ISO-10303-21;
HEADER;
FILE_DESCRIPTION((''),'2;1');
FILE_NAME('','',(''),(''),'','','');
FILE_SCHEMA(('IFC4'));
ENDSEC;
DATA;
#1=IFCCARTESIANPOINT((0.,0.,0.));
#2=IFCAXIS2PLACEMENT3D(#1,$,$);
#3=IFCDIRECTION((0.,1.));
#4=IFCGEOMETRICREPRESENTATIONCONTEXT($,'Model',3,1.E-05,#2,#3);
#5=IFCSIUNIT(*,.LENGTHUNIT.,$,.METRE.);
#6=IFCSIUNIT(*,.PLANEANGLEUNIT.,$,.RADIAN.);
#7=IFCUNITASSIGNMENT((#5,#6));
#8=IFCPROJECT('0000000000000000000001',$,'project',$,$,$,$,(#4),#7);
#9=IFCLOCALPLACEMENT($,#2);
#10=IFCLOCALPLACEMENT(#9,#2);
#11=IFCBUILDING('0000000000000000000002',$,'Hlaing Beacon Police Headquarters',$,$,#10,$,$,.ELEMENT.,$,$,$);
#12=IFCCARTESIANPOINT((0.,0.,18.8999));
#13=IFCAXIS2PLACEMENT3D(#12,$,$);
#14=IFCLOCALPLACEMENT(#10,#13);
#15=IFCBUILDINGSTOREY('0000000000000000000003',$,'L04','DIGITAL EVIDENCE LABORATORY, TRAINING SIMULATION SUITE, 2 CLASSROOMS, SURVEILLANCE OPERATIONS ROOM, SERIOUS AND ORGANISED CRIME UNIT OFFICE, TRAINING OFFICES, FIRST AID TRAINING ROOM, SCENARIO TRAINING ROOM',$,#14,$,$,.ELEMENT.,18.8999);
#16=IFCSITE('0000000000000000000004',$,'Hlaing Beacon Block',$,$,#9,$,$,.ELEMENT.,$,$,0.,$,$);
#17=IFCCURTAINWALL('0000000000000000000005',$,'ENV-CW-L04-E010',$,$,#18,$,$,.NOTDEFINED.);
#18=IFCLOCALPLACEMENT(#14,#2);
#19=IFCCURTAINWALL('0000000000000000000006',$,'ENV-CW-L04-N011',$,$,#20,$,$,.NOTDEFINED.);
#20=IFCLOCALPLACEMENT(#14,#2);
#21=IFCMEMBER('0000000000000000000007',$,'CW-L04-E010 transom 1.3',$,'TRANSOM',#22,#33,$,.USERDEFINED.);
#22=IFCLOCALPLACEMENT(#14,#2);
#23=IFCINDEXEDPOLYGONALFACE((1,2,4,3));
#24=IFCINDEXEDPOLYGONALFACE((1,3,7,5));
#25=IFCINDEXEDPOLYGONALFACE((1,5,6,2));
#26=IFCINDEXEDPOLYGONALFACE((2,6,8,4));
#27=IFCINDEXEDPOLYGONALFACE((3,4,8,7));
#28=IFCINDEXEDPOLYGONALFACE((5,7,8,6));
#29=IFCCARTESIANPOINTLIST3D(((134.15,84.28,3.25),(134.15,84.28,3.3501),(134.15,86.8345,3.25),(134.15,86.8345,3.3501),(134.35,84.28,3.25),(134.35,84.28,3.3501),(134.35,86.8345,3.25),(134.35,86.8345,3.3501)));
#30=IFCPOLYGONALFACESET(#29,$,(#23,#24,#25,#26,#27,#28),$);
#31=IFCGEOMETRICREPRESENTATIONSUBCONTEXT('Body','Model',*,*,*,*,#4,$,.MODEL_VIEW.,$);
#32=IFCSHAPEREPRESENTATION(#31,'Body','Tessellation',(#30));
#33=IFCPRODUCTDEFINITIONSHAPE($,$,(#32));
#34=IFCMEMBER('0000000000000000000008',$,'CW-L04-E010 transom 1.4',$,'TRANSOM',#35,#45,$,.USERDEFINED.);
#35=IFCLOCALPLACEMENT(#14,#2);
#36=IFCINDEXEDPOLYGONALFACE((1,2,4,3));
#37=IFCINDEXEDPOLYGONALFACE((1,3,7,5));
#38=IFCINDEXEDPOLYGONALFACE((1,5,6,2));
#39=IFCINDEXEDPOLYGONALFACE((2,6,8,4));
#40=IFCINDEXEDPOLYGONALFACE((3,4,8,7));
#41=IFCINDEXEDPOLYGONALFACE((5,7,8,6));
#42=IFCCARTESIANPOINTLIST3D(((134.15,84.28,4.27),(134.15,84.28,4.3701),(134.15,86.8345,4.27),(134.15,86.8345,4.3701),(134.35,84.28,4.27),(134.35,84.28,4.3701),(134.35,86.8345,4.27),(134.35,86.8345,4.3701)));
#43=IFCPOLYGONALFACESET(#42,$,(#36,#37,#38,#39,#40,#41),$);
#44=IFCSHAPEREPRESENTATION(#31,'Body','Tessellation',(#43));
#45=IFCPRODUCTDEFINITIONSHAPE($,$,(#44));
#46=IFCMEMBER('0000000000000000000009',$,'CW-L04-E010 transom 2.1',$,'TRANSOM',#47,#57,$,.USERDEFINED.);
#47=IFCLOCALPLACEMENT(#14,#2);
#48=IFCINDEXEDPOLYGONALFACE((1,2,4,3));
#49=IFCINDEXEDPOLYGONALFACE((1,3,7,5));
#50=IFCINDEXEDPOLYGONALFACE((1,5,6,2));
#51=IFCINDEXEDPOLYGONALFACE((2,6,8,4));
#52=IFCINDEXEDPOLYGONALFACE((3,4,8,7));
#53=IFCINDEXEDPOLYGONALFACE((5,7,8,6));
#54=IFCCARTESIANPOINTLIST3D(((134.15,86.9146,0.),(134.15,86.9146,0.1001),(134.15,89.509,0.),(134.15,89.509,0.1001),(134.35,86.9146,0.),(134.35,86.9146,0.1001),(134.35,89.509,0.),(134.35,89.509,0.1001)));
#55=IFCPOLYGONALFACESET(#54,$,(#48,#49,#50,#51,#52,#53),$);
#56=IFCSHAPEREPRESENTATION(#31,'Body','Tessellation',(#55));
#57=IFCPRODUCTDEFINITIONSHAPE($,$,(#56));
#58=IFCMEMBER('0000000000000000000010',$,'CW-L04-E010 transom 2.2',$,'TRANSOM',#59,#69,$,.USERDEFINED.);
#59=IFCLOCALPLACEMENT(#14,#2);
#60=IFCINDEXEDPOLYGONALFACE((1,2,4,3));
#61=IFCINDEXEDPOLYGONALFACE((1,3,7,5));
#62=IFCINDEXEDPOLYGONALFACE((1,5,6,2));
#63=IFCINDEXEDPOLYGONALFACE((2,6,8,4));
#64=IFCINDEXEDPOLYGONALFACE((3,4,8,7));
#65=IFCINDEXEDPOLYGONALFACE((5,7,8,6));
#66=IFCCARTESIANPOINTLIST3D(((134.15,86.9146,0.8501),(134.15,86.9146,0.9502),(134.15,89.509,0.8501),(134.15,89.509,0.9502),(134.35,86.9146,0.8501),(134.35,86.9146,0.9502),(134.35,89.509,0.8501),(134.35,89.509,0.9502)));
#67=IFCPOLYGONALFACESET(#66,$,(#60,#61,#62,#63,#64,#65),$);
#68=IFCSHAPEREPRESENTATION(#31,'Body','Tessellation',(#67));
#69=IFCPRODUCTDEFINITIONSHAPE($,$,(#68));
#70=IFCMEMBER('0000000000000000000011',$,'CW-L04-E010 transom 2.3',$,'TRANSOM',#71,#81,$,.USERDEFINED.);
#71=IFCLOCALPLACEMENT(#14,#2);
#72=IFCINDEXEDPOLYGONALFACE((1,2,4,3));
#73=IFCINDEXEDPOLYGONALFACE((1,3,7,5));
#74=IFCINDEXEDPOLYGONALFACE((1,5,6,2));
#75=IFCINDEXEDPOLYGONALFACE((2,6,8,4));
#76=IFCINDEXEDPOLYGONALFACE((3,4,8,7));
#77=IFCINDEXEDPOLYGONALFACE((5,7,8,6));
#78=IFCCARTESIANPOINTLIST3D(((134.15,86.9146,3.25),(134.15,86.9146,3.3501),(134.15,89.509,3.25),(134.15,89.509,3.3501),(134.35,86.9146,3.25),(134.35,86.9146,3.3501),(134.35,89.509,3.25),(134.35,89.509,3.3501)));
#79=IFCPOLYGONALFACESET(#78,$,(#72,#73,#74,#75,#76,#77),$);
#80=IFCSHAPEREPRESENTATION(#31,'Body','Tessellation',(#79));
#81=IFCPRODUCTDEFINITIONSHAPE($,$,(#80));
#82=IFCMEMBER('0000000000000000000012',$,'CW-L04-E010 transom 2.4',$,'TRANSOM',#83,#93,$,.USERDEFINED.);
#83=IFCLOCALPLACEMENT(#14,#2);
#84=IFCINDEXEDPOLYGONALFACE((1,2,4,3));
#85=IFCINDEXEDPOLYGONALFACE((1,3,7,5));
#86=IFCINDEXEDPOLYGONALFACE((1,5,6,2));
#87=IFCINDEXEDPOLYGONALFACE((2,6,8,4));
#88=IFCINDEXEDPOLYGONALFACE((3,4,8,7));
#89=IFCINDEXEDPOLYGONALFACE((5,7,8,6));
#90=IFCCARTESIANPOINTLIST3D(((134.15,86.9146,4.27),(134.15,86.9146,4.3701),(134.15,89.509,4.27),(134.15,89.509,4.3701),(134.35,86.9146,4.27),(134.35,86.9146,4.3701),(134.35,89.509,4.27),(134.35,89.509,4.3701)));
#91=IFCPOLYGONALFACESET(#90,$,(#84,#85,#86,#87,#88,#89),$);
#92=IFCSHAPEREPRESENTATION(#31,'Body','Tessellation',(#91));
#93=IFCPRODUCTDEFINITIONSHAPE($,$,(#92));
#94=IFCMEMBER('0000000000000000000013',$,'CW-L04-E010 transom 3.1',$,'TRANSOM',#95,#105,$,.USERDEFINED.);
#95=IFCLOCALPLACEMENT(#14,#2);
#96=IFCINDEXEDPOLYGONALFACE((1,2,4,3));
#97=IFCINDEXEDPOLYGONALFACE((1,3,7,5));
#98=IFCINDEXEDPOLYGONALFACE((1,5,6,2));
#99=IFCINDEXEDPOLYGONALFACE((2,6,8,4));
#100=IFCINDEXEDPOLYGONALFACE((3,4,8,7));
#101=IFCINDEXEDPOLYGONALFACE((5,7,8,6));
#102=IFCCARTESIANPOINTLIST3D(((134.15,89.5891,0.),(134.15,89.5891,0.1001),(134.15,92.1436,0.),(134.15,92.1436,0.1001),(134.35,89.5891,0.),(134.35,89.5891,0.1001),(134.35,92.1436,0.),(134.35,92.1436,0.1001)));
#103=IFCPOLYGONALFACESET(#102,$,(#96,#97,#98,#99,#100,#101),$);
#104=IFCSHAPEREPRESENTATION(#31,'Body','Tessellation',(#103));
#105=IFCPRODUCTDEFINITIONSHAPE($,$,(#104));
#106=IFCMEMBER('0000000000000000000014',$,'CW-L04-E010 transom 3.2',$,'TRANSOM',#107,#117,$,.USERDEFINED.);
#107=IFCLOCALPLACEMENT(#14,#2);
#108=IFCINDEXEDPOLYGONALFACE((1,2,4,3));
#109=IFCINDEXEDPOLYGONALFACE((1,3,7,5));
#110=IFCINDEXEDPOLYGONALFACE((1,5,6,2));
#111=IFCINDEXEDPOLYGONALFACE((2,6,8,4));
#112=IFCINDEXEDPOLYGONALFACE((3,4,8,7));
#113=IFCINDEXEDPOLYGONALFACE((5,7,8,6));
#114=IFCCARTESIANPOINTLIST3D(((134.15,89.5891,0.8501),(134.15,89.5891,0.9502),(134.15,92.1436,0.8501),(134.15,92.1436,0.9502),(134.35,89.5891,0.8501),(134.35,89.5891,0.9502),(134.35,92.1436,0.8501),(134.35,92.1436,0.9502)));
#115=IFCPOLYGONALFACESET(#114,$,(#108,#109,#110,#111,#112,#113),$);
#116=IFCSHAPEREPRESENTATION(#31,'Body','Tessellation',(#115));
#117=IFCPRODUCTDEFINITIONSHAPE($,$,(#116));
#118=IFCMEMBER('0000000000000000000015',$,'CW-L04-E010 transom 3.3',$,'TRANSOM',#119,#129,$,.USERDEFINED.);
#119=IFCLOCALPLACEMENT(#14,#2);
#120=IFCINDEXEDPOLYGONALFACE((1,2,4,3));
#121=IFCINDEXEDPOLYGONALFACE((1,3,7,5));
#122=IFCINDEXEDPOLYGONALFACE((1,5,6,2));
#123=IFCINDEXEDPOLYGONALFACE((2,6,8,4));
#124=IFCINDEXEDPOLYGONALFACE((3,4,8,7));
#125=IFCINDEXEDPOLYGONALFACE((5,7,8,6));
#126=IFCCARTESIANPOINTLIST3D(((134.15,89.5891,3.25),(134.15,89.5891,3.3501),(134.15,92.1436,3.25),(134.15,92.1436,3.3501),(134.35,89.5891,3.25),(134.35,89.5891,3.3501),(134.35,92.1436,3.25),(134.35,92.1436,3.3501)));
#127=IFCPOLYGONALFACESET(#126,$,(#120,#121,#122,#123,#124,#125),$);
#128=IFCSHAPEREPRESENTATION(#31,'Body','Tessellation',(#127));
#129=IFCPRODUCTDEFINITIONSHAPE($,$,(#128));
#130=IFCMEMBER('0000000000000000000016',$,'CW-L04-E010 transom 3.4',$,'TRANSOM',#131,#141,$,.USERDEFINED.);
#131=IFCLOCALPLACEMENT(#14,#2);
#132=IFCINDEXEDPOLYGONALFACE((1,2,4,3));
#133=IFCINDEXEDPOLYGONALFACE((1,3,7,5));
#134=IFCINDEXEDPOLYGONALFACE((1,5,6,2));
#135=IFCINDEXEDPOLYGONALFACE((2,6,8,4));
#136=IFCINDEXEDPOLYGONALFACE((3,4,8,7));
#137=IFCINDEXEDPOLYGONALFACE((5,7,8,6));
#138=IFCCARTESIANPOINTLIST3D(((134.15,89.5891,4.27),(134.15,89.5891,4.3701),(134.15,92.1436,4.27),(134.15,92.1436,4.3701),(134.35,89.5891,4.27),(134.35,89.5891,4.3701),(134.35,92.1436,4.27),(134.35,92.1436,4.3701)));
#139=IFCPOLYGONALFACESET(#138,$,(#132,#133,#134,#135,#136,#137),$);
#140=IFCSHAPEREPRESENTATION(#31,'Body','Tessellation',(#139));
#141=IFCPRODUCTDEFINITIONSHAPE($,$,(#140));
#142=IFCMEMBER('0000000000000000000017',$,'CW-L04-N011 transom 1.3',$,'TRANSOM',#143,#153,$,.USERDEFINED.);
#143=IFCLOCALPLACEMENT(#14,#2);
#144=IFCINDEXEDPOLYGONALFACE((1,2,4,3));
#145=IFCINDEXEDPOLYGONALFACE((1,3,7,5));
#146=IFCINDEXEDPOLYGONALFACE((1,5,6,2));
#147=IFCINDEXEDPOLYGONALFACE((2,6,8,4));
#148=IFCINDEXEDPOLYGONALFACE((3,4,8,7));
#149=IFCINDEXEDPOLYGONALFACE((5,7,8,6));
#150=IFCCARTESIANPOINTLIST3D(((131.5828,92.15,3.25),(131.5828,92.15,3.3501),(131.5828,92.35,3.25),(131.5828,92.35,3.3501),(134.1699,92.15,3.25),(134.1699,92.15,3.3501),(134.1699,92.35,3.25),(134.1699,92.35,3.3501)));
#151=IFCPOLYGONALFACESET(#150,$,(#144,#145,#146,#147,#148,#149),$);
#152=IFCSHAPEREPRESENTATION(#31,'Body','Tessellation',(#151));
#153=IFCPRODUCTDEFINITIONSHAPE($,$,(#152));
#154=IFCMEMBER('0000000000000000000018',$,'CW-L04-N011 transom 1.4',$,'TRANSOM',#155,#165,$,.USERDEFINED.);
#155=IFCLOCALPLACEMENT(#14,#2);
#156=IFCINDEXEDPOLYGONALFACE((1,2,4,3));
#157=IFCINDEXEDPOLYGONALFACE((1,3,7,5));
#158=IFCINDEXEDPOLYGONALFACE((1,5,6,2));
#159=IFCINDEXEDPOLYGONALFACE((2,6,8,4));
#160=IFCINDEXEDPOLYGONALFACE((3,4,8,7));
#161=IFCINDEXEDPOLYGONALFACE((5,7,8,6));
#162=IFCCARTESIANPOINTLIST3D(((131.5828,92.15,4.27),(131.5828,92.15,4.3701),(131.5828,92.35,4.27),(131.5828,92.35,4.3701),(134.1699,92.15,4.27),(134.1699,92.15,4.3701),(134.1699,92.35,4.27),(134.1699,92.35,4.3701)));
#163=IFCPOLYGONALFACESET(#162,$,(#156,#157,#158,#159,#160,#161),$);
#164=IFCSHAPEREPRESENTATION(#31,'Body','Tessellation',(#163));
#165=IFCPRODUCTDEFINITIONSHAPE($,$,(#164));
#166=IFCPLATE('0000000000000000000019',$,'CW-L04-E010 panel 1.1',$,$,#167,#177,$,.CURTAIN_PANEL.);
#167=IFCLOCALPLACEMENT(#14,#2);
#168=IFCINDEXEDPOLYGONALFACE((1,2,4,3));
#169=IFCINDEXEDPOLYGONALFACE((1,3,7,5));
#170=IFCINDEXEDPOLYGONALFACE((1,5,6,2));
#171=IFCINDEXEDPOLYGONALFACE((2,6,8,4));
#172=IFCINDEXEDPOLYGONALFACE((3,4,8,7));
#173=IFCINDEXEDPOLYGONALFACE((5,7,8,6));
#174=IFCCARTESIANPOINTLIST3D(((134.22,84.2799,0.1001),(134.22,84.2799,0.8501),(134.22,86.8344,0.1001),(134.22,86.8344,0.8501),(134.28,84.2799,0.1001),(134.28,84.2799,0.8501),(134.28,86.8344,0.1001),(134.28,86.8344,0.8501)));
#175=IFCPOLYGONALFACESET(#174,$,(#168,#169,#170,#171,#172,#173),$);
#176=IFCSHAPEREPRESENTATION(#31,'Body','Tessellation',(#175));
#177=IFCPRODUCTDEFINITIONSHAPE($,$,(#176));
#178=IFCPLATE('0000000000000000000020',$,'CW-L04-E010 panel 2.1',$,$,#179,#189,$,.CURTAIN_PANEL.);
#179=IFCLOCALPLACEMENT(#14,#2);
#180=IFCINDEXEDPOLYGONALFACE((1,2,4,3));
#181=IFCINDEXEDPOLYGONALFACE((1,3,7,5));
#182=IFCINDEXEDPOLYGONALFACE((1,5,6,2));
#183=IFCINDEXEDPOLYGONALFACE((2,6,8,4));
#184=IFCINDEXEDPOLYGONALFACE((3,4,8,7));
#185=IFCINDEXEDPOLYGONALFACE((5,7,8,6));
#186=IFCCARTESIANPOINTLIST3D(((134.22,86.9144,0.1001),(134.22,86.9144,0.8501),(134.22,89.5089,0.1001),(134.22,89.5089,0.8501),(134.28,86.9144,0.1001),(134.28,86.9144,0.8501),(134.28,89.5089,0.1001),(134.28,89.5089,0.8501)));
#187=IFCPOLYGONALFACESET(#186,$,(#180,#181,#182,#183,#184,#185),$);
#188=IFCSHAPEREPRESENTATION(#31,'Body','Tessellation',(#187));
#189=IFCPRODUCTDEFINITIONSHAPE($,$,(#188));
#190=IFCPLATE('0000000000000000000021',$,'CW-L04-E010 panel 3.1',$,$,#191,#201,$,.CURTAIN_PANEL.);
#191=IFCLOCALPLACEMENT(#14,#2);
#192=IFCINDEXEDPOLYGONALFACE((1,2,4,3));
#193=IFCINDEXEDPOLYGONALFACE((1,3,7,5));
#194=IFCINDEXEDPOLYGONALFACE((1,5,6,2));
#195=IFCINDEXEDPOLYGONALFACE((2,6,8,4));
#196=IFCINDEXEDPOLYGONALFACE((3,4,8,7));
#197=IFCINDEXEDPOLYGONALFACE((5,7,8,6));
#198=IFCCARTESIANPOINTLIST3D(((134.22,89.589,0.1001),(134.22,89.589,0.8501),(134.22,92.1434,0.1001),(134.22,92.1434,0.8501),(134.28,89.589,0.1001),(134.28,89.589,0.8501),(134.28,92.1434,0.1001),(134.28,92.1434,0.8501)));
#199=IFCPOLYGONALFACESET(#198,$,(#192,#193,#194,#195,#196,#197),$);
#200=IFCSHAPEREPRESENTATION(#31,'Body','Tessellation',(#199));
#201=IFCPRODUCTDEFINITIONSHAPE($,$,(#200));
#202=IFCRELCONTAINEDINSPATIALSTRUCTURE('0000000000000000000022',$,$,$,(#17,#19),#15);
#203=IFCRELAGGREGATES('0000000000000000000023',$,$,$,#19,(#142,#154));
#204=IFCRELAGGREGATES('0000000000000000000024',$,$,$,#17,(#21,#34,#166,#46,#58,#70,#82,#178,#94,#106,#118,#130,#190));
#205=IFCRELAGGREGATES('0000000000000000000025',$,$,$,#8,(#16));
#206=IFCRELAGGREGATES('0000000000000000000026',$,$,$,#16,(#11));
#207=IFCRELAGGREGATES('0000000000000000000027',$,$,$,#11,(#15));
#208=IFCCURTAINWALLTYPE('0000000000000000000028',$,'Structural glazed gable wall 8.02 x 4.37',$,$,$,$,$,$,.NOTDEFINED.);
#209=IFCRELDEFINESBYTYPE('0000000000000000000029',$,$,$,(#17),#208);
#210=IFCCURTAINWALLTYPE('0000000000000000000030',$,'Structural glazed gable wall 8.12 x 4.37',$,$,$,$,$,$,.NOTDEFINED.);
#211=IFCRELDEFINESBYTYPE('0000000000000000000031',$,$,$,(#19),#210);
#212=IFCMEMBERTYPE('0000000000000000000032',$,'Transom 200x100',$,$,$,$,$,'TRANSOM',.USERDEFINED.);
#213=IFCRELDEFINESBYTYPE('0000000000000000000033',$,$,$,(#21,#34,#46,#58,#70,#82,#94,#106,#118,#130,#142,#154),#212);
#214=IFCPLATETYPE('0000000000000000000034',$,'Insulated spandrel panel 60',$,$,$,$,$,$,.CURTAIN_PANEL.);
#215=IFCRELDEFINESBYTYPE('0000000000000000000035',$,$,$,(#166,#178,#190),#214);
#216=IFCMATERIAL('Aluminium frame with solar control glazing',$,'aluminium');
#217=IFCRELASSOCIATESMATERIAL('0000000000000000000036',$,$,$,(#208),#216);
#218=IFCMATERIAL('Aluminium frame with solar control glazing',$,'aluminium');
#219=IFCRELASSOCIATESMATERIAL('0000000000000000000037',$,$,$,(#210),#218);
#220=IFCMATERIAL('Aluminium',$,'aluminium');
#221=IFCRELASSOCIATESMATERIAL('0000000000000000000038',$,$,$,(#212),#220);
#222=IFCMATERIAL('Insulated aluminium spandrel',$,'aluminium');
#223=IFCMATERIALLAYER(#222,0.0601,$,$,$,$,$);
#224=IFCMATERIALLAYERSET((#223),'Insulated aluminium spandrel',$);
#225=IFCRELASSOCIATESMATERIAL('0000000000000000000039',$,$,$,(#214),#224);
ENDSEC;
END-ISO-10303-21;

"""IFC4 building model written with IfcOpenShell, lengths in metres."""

from ifc_helpers import new_model, si_unit, direction, frame, origin, origin_2d, place, context, subcontext, project, spatial, rectangle, extrude, material, layer, layer_set, material_profile, profile_set, type_object, element, aggregate, save


model = new_model("IFC4")

# Units and contexts
model_context = context("Model", 3, precision=1e-05, world=origin(), true_north=direction((0.0, 1.0)))
body_context = subcontext(model_context, "Body", "Model", "MODEL_VIEW")
ifc_project = project(units=[si_unit("LENGTHUNIT", "METRE"), si_unit("PLANEANGLEUNIT", "RADIAN")], contexts=[model_context])

# Site, building, storey
site_placement = place(None, origin())
site = spatial("IfcSite", under=ifc_project, at=site_placement, Name="Hlaing Beacon Block", CompositionType="ELEMENT", RefElevation=0.0)
building_placement = place(site_placement, origin())
building = spatial("IfcBuilding", under=site, at=building_placement, Name="Hlaing Beacon Police Headquarters", CompositionType="ELEMENT")
storey_placement = place(building_placement, frame((0.0, 0.0, 18.8999)))
storey = spatial("IfcBuildingStorey", under=building, at=storey_placement, Name="L04", Description="DIGITAL EVIDENCE LABORATORY, TRAINING SIMULATION SUITE, 2 CLASSROOMS, SURVEILLANCE OPERATIONS ROOM, SERIOUS AND ORGANISED CRIME UNIT OFFICE, TRAINING OFFICES, FIRST AID TRAINING ROOM, SCENARIO TRAINING ROOM", CompositionType="ELEMENT", Elevation=18.8999)

# Curtain wall
ifc_material_1 = material(Name="Aluminium frame with solar control glazing", Category="aluminium")
curtain_wall_type_1 = type_object("IfcCurtainWallType", Name="Structural glazed gable wall 8.02 x 4.37", PredefinedType="NOTDEFINED", material=ifc_material_1)
curtain_wall_1_placement = place(storey_placement, origin())
curtain_wall_1 = element("IfcCurtainWall", 1, at=curtain_wall_1_placement, inside=storey, type_object=curtain_wall_type_1, Name="ENV-CW-L04-E010", PredefinedType="NOTDEFINED")

# Curtain wall
ifc_material_2 = material(Name="Aluminium frame with solar control glazing", Category="aluminium")
curtain_wall_type_2 = type_object("IfcCurtainWallType", Name="Structural glazed gable wall 8.12 x 4.37", PredefinedType="NOTDEFINED", material=ifc_material_2)
curtain_wall_2_placement = place(storey_placement, origin())
curtain_wall_2 = element("IfcCurtainWall", 2, at=curtain_wall_2_placement, inside=storey, type_object=curtain_wall_type_2, Name="ENV-CW-L04-N011", PredefinedType="NOTDEFINED")

# Members
ifc_material_3 = material(Name="Aluminium", Category="aluminium")
ifc_material_profile_1 = material_profile(ifc_material_3, rectangle(XDim=0.2, YDim=0.1001, at=origin_2d()), Name="Transom 200x100")
ifc_profile_set_1 = profile_set([ifc_material_profile_1], Name="Aluminium")
member_type_1 = type_object("IfcMemberType", Name="Transom 200x100", ElementType="TRANSOM", PredefinedType="USERDEFINED", material=ifc_profile_set_1)
member_1_placement = place(storey_placement, frame((134.25, 84.28, 3.3), z_axis=(0.0, 1.0, 0.0), x_axis=(-1.0, 0.0, 0.0)))
member_1 = element("IfcMember", 3, at=member_1_placement, type_object=member_type_1, Name="CW-L04-E010 transom 1.3", ObjectType="TRANSOM", PredefinedType="USERDEFINED", context=body_context, shape_type="SweptSolid", body=[
    extrude(rectangle(XDim=0.2, YDim=0.1001, at=origin_2d()), origin(), (0.0, 0.0, 1.0), 2.5544),
])
member_2_placement = place(storey_placement, frame((134.25, 84.28, 4.3201), z_axis=(0.0, 1.0, 0.0), x_axis=(-1.0, 0.0, 0.0)))
member_2 = element("IfcMember", 4, at=member_2_placement, type_object=member_type_1, Name="CW-L04-E010 transom 1.4", ObjectType="TRANSOM", PredefinedType="USERDEFINED", context=body_context, shape_type="SweptSolid", body=[
    extrude(rectangle(XDim=0.2, YDim=0.1001, at=origin_2d()), origin(), (0.0, 0.0, 1.0), 2.5544),
])
member_3_placement = place(storey_placement, frame((134.25, 86.9146, 0.05), z_axis=(0.0, 1.0, 0.0), x_axis=(-1.0, 0.0, 0.0)))
member_3 = element("IfcMember", 5, at=member_3_placement, type_object=member_type_1, Name="CW-L04-E010 transom 2.1", ObjectType="TRANSOM", PredefinedType="USERDEFINED", context=body_context, shape_type="SweptSolid", body=[
    extrude(rectangle(XDim=0.2, YDim=0.1001, at=origin_2d()), origin(), (0.0, 0.0, 1.0), 2.5945),
])
member_4_placement = place(storey_placement, frame((134.25, 86.9146, 0.9001), z_axis=(0.0, 1.0, 0.0), x_axis=(-1.0, 0.0, 0.0)))
member_4 = element("IfcMember", 6, at=member_4_placement, type_object=member_type_1, Name="CW-L04-E010 transom 2.2", ObjectType="TRANSOM", PredefinedType="USERDEFINED", context=body_context, shape_type="SweptSolid", body=[
    extrude(rectangle(XDim=0.2, YDim=0.1001, at=origin_2d()), origin(), (0.0, 0.0, 1.0), 2.5945),
])
member_5_placement = place(storey_placement, frame((134.25, 86.9146, 3.3), z_axis=(0.0, 1.0, 0.0), x_axis=(-1.0, 0.0, 0.0)))
member_5 = element("IfcMember", 7, at=member_5_placement, type_object=member_type_1, Name="CW-L04-E010 transom 2.3", ObjectType="TRANSOM", PredefinedType="USERDEFINED", context=body_context, shape_type="SweptSolid", body=[
    extrude(rectangle(XDim=0.2, YDim=0.1001, at=origin_2d()), origin(), (0.0, 0.0, 1.0), 2.5945),
])
member_6_placement = place(storey_placement, frame((134.25, 86.9146, 4.3201), z_axis=(0.0, 1.0, 0.0), x_axis=(-1.0, 0.0, 0.0)))
member_6 = element("IfcMember", 8, at=member_6_placement, type_object=member_type_1, Name="CW-L04-E010 transom 2.4", ObjectType="TRANSOM", PredefinedType="USERDEFINED", context=body_context, shape_type="SweptSolid", body=[
    extrude(rectangle(XDim=0.2, YDim=0.1001, at=origin_2d()), origin(), (0.0, 0.0, 1.0), 2.5945),
])
member_7_placement = place(storey_placement, frame((134.25, 89.5891, 0.05), z_axis=(0.0, 1.0, 0.0), x_axis=(-1.0, 0.0, 0.0)))
member_7 = element("IfcMember", 9, at=member_7_placement, type_object=member_type_1, Name="CW-L04-E010 transom 3.1", ObjectType="TRANSOM", PredefinedType="USERDEFINED", context=body_context, shape_type="SweptSolid", body=[
    extrude(rectangle(XDim=0.2, YDim=0.1001, at=origin_2d()), origin(), (0.0, 0.0, 1.0), 2.5544),
])
member_8_placement = place(storey_placement, frame((134.25, 89.5891, 0.9001), z_axis=(0.0, 1.0, 0.0), x_axis=(-1.0, 0.0, 0.0)))
member_8 = element("IfcMember", 10, at=member_8_placement, type_object=member_type_1, Name="CW-L04-E010 transom 3.2", ObjectType="TRANSOM", PredefinedType="USERDEFINED", context=body_context, shape_type="SweptSolid", body=[
    extrude(rectangle(XDim=0.2, YDim=0.1001, at=origin_2d()), origin(), (0.0, 0.0, 1.0), 2.5544),
])
member_9_placement = place(storey_placement, frame((134.25, 89.5891, 3.3), z_axis=(0.0, 1.0, 0.0), x_axis=(-1.0, 0.0, 0.0)))
member_9 = element("IfcMember", 11, at=member_9_placement, type_object=member_type_1, Name="CW-L04-E010 transom 3.3", ObjectType="TRANSOM", PredefinedType="USERDEFINED", context=body_context, shape_type="SweptSolid", body=[
    extrude(rectangle(XDim=0.2, YDim=0.1001, at=origin_2d()), origin(), (0.0, 0.0, 1.0), 2.5544),
])
member_10_placement = place(storey_placement, frame((134.25, 89.5891, 4.3201), z_axis=(0.0, 1.0, 0.0), x_axis=(-1.0, 0.0, 0.0)))
member_10 = element("IfcMember", 12, at=member_10_placement, type_object=member_type_1, Name="CW-L04-E010 transom 3.4", ObjectType="TRANSOM", PredefinedType="USERDEFINED", context=body_context, shape_type="SweptSolid", body=[
    extrude(rectangle(XDim=0.2, YDim=0.1001, at=origin_2d()), origin(), (0.0, 0.0, 1.0), 2.5544),
])
member_11_placement = place(storey_placement, frame((134.1699, 92.25, 3.3), z_axis=(-1.0, 0.0, 0.0), x_axis=(0.0, -1.0, 0.0)))
member_11 = element("IfcMember", 13, at=member_11_placement, type_object=member_type_1, Name="CW-L04-N011 transom 1.3", ObjectType="TRANSOM", PredefinedType="USERDEFINED", context=body_context, shape_type="SweptSolid", body=[
    extrude(rectangle(XDim=0.2, YDim=0.1001, at=origin_2d()), origin(), (0.0, 0.0, 1.0), 2.5872),
])
member_12_placement = place(storey_placement, frame((134.1699, 92.25, 4.3201), z_axis=(-1.0, 0.0, 0.0), x_axis=(0.0, -1.0, 0.0)))
member_12 = element("IfcMember", 14, at=member_12_placement, type_object=member_type_1, Name="CW-L04-N011 transom 1.4", ObjectType="TRANSOM", PredefinedType="USERDEFINED", context=body_context, shape_type="SweptSolid", body=[
    extrude(rectangle(XDim=0.2, YDim=0.1001, at=origin_2d()), origin(), (0.0, 0.0, 1.0), 2.5872),
])
aggregate(curtain_wall_2, [member_11, member_12])

# Plates
ifc_material_4 = material(Name="Insulated aluminium spandrel", Category="aluminium")
ifc_layer_1 = layer(ifc_material_4, 0.0601)
ifc_layer_set_1 = layer_set([ifc_layer_1], Name="Insulated aluminium spandrel")
plate_type_1 = type_object("IfcPlateType", Name="Insulated spandrel panel 60", PredefinedType="CURTAIN_PANEL", material=ifc_layer_set_1)
plate_1_placement = place(storey_placement, frame((134.25, 85.5571, 0.1001), z_axis=(0.0, 0.0, 1.0), x_axis=(0.0, 1.0, 0.0)))
plate_1 = element("IfcPlate", 15, at=plate_1_placement, type_object=plate_type_1, Name="CW-L04-E010 panel 1.1", PredefinedType="CURTAIN_PANEL", context=body_context, shape_type="SweptSolid", body=[
    extrude(rectangle(XDim=2.5544, YDim=0.0601, at=origin_2d()), origin(), (0.0, 0.0, 1.0), 0.75),
])
plate_2_placement = place(storey_placement, frame((134.25, 88.2117, 0.1001), z_axis=(0.0, 0.0, 1.0), x_axis=(0.0, 1.0, 0.0)))
plate_2 = element("IfcPlate", 16, at=plate_2_placement, type_object=plate_type_1, Name="CW-L04-E010 panel 2.1", PredefinedType="CURTAIN_PANEL", context=body_context, shape_type="SweptSolid", body=[
    extrude(rectangle(XDim=2.5945, YDim=0.0601, at=origin_2d()), origin(), (0.0, 0.0, 1.0), 0.75),
])
plate_3_placement = place(storey_placement, frame((134.25, 90.8662, 0.1001), z_axis=(0.0, 0.0, 1.0), x_axis=(0.0, 1.0, 0.0)))
plate_3 = element("IfcPlate", 17, at=plate_3_placement, type_object=plate_type_1, Name="CW-L04-E010 panel 3.1", PredefinedType="CURTAIN_PANEL", context=body_context, shape_type="SweptSolid", body=[
    extrude(rectangle(XDim=2.5544, YDim=0.0601, at=origin_2d()), origin(), (0.0, 0.0, 1.0), 0.75),
])
aggregate(curtain_wall_1, [member_1, member_2, plate_1, member_3, member_4, member_5, member_6, plate_2, member_7, member_8, member_9, member_10, plate_3])

save(model, "model.ifc")
